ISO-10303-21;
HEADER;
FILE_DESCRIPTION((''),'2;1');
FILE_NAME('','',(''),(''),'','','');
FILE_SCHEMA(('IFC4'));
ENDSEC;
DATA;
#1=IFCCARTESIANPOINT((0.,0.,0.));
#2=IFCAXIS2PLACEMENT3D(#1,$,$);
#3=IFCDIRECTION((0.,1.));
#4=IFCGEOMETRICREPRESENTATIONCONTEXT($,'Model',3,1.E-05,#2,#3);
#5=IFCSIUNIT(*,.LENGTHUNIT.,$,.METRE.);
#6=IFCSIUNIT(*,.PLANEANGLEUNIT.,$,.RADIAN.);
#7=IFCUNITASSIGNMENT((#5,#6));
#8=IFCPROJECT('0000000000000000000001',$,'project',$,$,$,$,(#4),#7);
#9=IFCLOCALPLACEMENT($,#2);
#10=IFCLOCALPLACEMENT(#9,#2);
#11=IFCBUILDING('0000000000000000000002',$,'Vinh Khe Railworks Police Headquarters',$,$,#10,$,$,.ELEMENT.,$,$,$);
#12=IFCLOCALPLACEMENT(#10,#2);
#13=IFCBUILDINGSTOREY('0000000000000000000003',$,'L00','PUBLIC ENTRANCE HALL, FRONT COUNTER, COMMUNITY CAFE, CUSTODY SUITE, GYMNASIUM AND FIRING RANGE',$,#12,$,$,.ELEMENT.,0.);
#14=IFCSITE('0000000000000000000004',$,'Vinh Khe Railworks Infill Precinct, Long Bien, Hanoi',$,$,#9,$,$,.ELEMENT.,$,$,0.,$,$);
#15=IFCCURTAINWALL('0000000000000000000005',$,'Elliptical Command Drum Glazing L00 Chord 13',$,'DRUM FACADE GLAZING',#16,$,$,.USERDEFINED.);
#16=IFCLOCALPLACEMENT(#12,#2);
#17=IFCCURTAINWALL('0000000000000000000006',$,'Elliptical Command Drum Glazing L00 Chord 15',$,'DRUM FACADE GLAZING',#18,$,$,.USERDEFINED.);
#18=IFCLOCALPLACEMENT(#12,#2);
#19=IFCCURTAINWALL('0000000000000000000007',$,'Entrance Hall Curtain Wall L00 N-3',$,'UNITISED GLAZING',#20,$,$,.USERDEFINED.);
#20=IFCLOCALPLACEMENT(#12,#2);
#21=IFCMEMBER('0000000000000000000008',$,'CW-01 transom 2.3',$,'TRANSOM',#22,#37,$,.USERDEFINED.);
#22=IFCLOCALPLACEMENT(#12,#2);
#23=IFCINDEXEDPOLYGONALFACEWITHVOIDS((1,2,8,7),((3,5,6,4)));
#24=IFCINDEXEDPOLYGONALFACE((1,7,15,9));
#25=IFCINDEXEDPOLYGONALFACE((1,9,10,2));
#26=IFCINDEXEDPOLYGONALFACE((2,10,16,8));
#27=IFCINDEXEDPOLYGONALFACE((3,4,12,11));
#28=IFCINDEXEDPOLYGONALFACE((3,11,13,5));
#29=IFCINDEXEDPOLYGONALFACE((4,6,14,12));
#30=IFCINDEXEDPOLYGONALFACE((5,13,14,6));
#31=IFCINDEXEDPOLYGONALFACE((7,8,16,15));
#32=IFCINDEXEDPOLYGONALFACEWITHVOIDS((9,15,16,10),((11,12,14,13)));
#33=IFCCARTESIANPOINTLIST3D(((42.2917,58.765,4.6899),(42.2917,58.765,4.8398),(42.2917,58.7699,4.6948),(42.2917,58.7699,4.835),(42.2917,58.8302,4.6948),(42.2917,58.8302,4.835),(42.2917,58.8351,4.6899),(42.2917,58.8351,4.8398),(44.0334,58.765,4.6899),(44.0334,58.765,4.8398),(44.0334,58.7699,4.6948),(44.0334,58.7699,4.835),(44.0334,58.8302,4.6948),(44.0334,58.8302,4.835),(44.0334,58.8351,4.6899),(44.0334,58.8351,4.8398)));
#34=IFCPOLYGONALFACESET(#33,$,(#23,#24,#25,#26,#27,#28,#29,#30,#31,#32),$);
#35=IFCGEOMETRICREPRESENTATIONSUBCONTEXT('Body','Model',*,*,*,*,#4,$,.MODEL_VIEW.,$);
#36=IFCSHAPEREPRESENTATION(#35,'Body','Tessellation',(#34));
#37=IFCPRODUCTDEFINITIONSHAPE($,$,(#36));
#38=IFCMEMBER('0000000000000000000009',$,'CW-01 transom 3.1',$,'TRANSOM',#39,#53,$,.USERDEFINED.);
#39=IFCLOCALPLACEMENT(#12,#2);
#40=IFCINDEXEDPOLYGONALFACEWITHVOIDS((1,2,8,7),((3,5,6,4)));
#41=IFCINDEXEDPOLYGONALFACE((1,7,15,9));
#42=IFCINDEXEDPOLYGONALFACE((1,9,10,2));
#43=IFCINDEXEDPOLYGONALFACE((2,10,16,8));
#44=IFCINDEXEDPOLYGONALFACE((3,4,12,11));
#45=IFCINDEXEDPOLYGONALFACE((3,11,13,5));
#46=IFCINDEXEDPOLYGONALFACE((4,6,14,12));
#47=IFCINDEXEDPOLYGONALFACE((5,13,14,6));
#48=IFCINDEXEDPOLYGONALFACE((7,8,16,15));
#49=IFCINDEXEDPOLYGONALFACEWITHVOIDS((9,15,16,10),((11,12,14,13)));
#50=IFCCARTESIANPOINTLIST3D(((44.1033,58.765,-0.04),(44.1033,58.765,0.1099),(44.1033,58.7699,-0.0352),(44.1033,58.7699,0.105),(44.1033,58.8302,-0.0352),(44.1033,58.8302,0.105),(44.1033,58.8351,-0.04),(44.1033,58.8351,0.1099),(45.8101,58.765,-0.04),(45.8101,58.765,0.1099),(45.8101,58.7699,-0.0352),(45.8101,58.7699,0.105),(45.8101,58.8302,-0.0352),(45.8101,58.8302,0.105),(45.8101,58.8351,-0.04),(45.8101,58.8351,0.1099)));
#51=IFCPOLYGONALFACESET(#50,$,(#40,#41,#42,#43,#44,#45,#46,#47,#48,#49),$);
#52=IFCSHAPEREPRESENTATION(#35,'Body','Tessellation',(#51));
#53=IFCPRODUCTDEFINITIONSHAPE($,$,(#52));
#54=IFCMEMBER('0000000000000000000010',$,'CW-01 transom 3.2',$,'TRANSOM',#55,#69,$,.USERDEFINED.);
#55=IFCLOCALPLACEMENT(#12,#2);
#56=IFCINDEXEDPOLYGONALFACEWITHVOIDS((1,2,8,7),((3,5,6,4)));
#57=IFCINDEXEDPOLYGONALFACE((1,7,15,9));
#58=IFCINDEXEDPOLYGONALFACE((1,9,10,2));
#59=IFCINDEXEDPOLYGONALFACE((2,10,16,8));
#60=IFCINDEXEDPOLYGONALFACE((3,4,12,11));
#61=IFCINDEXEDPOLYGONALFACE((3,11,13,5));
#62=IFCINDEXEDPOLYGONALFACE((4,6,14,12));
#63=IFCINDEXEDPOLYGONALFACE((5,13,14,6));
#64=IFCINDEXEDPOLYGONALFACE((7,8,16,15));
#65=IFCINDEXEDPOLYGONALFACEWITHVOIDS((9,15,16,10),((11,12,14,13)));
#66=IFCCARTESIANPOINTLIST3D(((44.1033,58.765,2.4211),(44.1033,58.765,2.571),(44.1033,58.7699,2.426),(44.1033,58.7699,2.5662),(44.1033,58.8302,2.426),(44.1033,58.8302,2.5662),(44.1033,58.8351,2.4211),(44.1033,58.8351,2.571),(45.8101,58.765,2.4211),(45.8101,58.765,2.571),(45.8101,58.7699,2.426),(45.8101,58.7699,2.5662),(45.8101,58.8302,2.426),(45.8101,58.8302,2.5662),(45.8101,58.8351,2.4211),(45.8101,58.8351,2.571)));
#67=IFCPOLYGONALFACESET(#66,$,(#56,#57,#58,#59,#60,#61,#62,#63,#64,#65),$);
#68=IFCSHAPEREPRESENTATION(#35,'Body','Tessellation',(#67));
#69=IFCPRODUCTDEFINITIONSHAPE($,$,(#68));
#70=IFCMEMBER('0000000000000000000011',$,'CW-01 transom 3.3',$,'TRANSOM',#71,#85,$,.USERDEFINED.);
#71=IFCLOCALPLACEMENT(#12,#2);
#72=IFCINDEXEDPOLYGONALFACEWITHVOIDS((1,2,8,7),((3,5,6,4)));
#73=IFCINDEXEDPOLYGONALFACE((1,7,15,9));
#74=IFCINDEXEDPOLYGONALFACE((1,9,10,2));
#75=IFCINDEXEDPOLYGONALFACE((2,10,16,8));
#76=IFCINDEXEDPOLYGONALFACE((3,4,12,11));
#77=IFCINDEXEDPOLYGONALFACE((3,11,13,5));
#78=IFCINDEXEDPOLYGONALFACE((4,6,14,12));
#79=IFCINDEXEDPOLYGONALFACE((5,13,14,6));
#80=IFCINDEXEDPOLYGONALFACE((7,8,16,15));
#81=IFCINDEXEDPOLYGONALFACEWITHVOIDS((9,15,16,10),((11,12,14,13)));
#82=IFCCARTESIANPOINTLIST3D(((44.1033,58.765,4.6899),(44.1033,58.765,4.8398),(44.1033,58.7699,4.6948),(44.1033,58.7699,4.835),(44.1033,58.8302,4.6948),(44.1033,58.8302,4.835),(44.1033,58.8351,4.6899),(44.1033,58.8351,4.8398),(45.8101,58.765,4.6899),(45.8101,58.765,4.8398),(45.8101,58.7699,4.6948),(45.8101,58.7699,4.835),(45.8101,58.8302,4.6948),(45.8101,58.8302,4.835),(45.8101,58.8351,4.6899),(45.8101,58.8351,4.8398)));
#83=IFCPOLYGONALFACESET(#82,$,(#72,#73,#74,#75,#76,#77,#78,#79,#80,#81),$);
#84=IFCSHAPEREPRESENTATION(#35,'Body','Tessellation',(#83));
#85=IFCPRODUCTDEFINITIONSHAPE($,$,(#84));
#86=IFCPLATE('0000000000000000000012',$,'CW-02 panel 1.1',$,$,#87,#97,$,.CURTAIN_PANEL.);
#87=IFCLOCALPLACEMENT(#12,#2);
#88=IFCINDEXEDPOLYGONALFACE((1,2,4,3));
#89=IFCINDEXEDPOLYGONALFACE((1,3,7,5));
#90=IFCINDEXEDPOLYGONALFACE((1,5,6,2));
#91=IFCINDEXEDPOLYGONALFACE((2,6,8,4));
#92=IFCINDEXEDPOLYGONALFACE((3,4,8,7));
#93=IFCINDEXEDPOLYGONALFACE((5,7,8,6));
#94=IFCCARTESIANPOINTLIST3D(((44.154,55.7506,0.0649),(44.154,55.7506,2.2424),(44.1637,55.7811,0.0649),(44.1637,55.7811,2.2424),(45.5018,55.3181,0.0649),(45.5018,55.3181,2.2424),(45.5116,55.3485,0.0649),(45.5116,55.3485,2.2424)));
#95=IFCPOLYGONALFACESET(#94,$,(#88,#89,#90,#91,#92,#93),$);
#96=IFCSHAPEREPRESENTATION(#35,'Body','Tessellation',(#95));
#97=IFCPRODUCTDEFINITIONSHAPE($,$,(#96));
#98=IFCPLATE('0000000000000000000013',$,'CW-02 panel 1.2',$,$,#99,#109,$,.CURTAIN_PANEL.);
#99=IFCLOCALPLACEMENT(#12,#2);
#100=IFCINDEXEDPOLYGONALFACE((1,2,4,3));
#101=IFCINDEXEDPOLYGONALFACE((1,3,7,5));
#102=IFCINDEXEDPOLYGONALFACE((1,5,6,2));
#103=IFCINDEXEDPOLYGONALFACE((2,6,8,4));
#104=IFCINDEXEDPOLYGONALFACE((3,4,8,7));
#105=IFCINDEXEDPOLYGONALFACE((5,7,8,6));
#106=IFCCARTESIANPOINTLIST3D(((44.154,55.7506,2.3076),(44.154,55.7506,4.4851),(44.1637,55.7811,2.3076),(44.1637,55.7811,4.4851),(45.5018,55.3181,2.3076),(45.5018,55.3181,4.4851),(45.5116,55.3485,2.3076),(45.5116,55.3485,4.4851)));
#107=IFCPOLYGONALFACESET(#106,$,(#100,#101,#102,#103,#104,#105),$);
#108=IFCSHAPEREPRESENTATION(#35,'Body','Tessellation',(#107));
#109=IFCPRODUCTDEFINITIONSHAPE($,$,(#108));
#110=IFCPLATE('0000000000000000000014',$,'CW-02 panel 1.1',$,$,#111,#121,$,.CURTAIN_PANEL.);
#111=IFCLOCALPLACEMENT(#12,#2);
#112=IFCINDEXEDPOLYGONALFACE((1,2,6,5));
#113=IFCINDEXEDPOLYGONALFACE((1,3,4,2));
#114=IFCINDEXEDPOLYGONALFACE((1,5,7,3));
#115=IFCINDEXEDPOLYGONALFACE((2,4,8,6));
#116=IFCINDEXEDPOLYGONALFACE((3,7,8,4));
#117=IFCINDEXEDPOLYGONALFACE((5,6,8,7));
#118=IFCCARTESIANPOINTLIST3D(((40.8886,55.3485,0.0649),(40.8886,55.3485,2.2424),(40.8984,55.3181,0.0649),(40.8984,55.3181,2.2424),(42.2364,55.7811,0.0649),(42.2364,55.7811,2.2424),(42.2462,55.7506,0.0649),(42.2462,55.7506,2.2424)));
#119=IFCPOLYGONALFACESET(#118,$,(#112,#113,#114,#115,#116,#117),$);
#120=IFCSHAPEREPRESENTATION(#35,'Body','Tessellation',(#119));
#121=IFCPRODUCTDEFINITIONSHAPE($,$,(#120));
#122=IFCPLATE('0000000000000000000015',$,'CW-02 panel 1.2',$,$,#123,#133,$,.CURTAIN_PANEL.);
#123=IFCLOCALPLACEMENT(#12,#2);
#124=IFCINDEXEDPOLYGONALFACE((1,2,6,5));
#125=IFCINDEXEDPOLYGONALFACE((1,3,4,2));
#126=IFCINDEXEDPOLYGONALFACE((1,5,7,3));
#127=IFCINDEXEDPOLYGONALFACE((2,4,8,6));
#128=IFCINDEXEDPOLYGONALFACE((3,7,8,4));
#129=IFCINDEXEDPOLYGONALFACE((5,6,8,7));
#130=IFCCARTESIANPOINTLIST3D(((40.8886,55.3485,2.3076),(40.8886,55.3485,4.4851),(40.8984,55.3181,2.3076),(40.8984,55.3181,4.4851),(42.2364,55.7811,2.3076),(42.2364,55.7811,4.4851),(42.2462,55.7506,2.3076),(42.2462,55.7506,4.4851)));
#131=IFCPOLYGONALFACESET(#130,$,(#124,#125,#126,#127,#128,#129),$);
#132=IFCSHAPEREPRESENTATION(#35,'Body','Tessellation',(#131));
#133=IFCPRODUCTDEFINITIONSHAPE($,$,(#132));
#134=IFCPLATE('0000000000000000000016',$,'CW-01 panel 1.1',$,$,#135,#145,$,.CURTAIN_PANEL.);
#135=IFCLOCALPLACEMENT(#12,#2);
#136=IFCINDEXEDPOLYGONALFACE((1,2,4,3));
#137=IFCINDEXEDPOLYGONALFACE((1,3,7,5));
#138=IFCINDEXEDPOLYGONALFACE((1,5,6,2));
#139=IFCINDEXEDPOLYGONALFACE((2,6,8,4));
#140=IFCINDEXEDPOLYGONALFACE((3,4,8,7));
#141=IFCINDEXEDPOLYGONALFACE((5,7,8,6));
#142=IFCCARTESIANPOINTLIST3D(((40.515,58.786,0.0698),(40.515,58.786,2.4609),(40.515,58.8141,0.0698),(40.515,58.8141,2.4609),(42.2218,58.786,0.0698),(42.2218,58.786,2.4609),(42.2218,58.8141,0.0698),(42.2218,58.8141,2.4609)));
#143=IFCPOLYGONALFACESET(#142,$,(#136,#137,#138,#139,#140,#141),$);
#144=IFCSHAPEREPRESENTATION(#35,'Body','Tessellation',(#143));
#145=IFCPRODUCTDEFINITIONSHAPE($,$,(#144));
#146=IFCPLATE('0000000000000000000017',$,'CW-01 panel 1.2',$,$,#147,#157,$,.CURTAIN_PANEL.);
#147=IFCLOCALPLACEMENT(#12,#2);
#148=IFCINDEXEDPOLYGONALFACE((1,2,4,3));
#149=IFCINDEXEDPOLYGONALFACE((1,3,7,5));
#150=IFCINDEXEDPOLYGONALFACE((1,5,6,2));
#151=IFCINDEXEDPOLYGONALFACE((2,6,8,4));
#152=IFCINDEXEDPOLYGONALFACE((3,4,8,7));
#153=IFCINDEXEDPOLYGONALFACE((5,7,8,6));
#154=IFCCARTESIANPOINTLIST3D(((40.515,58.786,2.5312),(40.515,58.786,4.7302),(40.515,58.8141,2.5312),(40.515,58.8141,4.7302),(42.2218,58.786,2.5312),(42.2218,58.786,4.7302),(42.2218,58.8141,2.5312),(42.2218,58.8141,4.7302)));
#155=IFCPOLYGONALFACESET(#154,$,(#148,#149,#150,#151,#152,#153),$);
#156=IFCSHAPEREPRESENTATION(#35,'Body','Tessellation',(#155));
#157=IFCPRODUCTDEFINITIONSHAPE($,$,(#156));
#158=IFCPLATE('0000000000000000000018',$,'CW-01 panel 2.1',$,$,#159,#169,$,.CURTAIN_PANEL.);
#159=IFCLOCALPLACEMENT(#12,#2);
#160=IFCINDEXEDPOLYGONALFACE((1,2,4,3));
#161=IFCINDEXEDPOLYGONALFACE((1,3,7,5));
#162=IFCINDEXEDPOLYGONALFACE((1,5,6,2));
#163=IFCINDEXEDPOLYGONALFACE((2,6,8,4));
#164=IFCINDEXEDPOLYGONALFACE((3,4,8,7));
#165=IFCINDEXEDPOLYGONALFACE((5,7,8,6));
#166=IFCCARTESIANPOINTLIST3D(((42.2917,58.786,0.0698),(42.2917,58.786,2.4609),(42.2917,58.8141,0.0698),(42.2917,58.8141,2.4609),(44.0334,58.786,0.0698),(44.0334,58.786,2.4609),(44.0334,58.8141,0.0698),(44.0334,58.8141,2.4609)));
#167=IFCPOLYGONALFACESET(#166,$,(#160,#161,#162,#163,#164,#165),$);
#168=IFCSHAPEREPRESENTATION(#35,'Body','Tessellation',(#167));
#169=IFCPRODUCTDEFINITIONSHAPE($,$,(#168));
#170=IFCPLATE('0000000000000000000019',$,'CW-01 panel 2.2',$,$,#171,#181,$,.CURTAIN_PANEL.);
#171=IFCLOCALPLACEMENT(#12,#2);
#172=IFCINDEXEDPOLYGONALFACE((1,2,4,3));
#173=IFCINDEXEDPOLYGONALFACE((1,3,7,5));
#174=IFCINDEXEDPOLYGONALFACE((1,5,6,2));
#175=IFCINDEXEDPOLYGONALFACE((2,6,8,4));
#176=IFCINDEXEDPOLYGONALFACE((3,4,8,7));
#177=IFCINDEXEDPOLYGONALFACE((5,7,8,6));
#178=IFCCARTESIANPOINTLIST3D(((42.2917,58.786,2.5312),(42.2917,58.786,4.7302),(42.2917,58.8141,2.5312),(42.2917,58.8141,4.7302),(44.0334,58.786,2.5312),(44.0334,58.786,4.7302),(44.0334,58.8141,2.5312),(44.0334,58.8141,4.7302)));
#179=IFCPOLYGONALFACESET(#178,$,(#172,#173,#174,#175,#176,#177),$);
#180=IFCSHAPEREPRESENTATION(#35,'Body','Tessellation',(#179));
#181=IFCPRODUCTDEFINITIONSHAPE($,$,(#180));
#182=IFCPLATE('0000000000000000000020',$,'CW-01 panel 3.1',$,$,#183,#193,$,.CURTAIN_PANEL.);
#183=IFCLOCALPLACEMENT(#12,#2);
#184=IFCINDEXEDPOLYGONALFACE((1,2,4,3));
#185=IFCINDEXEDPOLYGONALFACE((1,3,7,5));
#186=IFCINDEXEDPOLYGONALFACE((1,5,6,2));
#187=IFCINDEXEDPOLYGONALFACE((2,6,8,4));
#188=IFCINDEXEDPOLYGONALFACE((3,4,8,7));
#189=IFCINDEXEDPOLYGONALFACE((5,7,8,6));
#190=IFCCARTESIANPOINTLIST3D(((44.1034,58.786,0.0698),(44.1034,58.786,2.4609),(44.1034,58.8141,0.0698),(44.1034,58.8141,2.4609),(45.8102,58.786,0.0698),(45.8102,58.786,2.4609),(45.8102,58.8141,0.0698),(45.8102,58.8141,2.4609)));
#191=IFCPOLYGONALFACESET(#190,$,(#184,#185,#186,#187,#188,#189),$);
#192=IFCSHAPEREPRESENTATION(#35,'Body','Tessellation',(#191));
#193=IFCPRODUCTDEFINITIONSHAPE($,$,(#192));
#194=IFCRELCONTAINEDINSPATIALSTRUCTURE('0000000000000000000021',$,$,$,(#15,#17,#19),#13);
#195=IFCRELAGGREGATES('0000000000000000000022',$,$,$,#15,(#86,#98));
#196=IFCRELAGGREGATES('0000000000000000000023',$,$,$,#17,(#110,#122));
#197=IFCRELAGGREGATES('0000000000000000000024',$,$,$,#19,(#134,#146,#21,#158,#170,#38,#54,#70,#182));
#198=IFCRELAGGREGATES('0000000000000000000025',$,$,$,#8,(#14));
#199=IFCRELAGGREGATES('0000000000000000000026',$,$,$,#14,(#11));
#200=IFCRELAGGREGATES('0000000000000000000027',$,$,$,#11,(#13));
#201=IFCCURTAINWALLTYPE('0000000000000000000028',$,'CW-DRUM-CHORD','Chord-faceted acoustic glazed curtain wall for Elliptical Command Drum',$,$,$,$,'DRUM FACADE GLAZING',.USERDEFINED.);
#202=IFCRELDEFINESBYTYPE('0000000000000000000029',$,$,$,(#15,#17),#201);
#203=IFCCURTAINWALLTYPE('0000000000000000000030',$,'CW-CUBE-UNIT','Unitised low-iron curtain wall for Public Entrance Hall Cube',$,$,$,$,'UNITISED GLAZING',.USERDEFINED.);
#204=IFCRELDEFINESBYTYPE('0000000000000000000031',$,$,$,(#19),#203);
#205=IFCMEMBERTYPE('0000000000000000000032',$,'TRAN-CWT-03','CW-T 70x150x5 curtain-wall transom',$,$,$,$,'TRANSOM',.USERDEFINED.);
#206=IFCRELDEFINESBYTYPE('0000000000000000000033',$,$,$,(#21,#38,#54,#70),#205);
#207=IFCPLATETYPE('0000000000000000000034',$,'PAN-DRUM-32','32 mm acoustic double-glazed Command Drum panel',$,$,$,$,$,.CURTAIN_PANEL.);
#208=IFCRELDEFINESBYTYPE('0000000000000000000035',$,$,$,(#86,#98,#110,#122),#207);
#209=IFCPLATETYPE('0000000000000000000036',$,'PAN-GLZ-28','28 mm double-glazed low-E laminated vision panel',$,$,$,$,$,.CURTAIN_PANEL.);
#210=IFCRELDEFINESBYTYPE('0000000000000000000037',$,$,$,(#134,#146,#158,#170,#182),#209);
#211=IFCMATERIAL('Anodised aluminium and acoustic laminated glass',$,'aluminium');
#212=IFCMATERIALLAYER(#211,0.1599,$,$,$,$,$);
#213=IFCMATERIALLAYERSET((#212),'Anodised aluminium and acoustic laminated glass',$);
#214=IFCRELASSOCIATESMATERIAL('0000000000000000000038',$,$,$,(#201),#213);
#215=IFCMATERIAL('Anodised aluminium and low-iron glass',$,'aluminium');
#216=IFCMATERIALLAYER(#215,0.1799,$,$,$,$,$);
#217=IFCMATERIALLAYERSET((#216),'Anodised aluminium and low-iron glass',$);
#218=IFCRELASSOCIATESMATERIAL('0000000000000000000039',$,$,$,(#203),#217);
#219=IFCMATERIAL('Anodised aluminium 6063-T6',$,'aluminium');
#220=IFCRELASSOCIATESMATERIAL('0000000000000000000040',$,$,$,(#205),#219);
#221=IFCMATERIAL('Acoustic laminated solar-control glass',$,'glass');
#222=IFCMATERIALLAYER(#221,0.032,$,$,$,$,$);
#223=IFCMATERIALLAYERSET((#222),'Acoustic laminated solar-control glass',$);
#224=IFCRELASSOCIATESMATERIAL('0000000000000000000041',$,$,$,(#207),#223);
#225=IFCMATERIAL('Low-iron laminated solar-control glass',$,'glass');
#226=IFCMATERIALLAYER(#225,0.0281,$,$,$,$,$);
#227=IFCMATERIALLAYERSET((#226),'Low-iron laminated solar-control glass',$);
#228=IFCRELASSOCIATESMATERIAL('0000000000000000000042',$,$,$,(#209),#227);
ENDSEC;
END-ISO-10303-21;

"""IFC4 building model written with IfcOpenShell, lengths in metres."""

from ifc_helpers import new_model, si_unit, direction, frame, origin, origin_2d, place, context, subcontext, project, spatial, rectangle, hollow_rectangle, extrude, material, layer, layer_set, material_profile, profile_set, type_object, element, aggregate, save


model = new_model("IFC4")

# Units and contexts
model_context = context("Model", 3, precision=1e-05, world=origin(), true_north=direction((0.0, 1.0)))
body_context = subcontext(model_context, "Body", "Model", "MODEL_VIEW")
ifc_project = project(units=[si_unit("LENGTHUNIT", "METRE"), si_unit("PLANEANGLEUNIT", "RADIAN")], contexts=[model_context])

# Site, building, storey
site_placement = place(None, origin())
site = spatial("IfcSite", under=ifc_project, at=site_placement, Name="Vinh Khe Railworks Infill Precinct, Long Bien, Hanoi", CompositionType="ELEMENT", RefElevation=0.0)
building_placement = place(site_placement, origin())
building = spatial("IfcBuilding", under=site, at=building_placement, Name="Vinh Khe Railworks Police Headquarters", CompositionType="ELEMENT")
storey_placement = place(building_placement, origin())
storey = spatial("IfcBuildingStorey", under=building, at=storey_placement, Name="L00", Description="PUBLIC ENTRANCE HALL, FRONT COUNTER, COMMUNITY CAFE, CUSTODY SUITE, GYMNASIUM AND FIRING RANGE", CompositionType="ELEMENT", Elevation=0.0)

# Curtain wall
ifc_material_1 = material(Name="Anodised aluminium and acoustic laminated glass", Category="aluminium")
ifc_layer_1 = layer(ifc_material_1, 0.1599)
ifc_layer_set_1 = layer_set([ifc_layer_1], Name="Anodised aluminium and acoustic laminated glass")
curtain_wall_type_1 = type_object("IfcCurtainWallType", Name="CW-DRUM-CHORD", Description="Chord-faceted acoustic glazed curtain wall for Elliptical Command Drum", ElementType="DRUM FACADE GLAZING", PredefinedType="USERDEFINED", material=ifc_layer_set_1)
curtain_wall_1_placement = place(storey_placement, origin())
curtain_wall_1 = element("IfcCurtainWall", 1, at=curtain_wall_1_placement, inside=storey, type_object=curtain_wall_type_1, Name="Elliptical Command Drum Glazing L00 Chord 13", ObjectType="DRUM FACADE GLAZING", PredefinedType="USERDEFINED")
ifc_material_2 = material(Name="Anodised aluminium 6063-T6", Category="aluminium")

# Curtain walls
curtain_wall_2_placement = place(storey_placement, origin())
curtain_wall_2 = element("IfcCurtainWall", 2, at=curtain_wall_2_placement, inside=storey, type_object=curtain_wall_type_1, Name="Elliptical Command Drum Glazing L00 Chord 15", ObjectType="DRUM FACADE GLAZING", PredefinedType="USERDEFINED")
ifc_material_3 = material(Name="Anodised aluminium and low-iron glass", Category="aluminium")
ifc_layer_2 = layer(ifc_material_3, 0.1799)
ifc_layer_set_2 = layer_set([ifc_layer_2], Name="Anodised aluminium and low-iron glass")
curtain_wall_type_2 = type_object("IfcCurtainWallType", Name="CW-CUBE-UNIT", Description="Unitised low-iron curtain wall for Public Entrance Hall Cube", ElementType="UNITISED GLAZING", PredefinedType="USERDEFINED", material=ifc_layer_set_2)
curtain_wall_3_placement = place(storey_placement, origin())
curtain_wall_3 = element("IfcCurtainWall", 3, at=curtain_wall_3_placement, inside=storey, type_object=curtain_wall_type_2, Name="Entrance Hall Curtain Wall L00 N-3", ObjectType="UNITISED GLAZING", PredefinedType="USERDEFINED")

# Members
ifc_material_profile_1 = material_profile(ifc_material_2, hollow_rectangle(XDim=0.0701, YDim=0.1499, WallThickness=0.0049, at=origin_2d()), Name="CW-T 70x150x5")
ifc_profile_set_1 = profile_set([ifc_material_profile_1], Name="Anodised aluminium 6063-T6")
member_type_1 = type_object("IfcMemberType", Name="TRAN-CWT-03", Description="CW-T 70x150x5 curtain-wall transom", ElementType="TRANSOM", PredefinedType="USERDEFINED", material=ifc_profile_set_1)
member_1_placement = place(storey_placement, frame((42.2917, 58.8, 4.7649), z_axis=(1.0, 0.0, 0.0), x_axis=(0.0, 1.0, 0.0)))
member_1 = element("IfcMember", 4, at=member_1_placement, type_object=member_type_1, Name="CW-01 transom 2.3", ObjectType="TRANSOM", PredefinedType="USERDEFINED", context=body_context, shape_type="SweptSolid", body=[
    extrude(hollow_rectangle(XDim=0.0701, YDim=0.1499, WallThickness=0.0049, at=origin_2d()), origin(), (0.0, 0.0, 1.0), 1.7417),
])
member_2_placement = place(storey_placement, frame((44.1033, 58.8, 0.0349), z_axis=(1.0, 0.0, 0.0), x_axis=(0.0, 1.0, 0.0)))
member_2 = element("IfcMember", 5, at=member_2_placement, type_object=member_type_1, Name="CW-01 transom 3.1", ObjectType="TRANSOM", PredefinedType="USERDEFINED", context=body_context, shape_type="SweptSolid", body=[
    extrude(hollow_rectangle(XDim=0.0701, YDim=0.1499, WallThickness=0.0049, at=origin_2d()), origin(), (0.0, 0.0, 1.0), 1.7068),
])
member_3_placement = place(storey_placement, frame((44.1033, 58.8, 2.4961), z_axis=(1.0, 0.0, 0.0), x_axis=(0.0, 1.0, 0.0)))
member_3 = element("IfcMember", 6, at=member_3_placement, type_object=member_type_1, Name="CW-01 transom 3.2", ObjectType="TRANSOM", PredefinedType="USERDEFINED", context=body_context, shape_type="SweptSolid", body=[
    extrude(hollow_rectangle(XDim=0.0701, YDim=0.1499, WallThickness=0.0049, at=origin_2d()), origin(), (0.0, 0.0, 1.0), 1.7068),
])
member_4_placement = place(storey_placement, frame((44.1033, 58.8, 4.7649), z_axis=(1.0, 0.0, 0.0), x_axis=(0.0, 1.0, 0.0)))
member_4 = element("IfcMember", 7, at=member_4_placement, type_object=member_type_1, Name="CW-01 transom 3.3", ObjectType="TRANSOM", PredefinedType="USERDEFINED", context=body_context, shape_type="SweptSolid", body=[
    extrude(hollow_rectangle(XDim=0.0701, YDim=0.1499, WallThickness=0.0049, at=origin_2d()), origin(), (0.0, 0.0, 1.0), 1.7068),
])

# Plates
ifc_material_4 = material(Name="Acoustic laminated solar-control glass", Category="glass")
ifc_layer_3 = layer(ifc_material_4, 0.032)
ifc_layer_set_3 = layer_set([ifc_layer_3], Name="Acoustic laminated solar-control glass")
plate_type_1 = type_object("IfcPlateType", Name="PAN-DRUM-32", Description="32 mm acoustic double-glazed Command Drum panel", PredefinedType="CURTAIN_PANEL", material=ifc_layer_set_3)
plate_1_placement = place(storey_placement, frame((44.8328, 55.5496, 0.0649), z_axis=(0.0, 0.0, 1.0), x_axis=(-0.952168, 0.305576, 0.0)))
plate_1 = element("IfcPlate", 8, at=plate_1_placement, type_object=plate_type_1, Name="CW-02 panel 1.1", PredefinedType="CURTAIN_PANEL", context=body_context, shape_type="SweptSolid", body=[
    extrude(rectangle(XDim=1.4155, YDim=0.032, at=origin_2d()), origin(), (0.0, 0.0, 1.0), 2.1775),
])
plate_2_placement = place(storey_placement, frame((44.8328, 55.5496, 2.3076), z_axis=(0.0, 0.0, 1.0), x_axis=(-0.952168, 0.305576, 0.0)))
plate_2 = element("IfcPlate", 9, at=plate_2_placement, type_object=plate_type_1, Name="CW-02 panel 1.2", PredefinedType="CURTAIN_PANEL", context=body_context, shape_type="SweptSolid", body=[
    extrude(rectangle(XDim=1.4155, YDim=0.032, at=origin_2d()), origin(), (0.0, 0.0, 1.0), 2.1775),
])
aggregate(curtain_wall_1, [plate_1, plate_2])
plate_3_placement = place(storey_placement, frame((41.5674, 55.5496, 0.0649), z_axis=(0.0, 0.0, 1.0), x_axis=(-0.952168, -0.305576, 0.0)))
plate_3 = element("IfcPlate", 10, at=plate_3_placement, type_object=plate_type_1, Name="CW-02 panel 1.1", PredefinedType="CURTAIN_PANEL", context=body_context, shape_type="SweptSolid", body=[
    extrude(rectangle(XDim=1.4155, YDim=0.032, at=origin_2d()), origin(), (0.0, 0.0, 1.0), 2.1775),
])
plate_4_placement = place(storey_placement, frame((41.5674, 55.5496, 2.3076), z_axis=(0.0, 0.0, 1.0), x_axis=(-0.952168, -0.305576, 0.0)))
plate_4 = element("IfcPlate", 11, at=plate_4_placement, type_object=plate_type_1, Name="CW-02 panel 1.2", PredefinedType="CURTAIN_PANEL", context=body_context, shape_type="SweptSolid", body=[
    extrude(rectangle(XDim=1.4155, YDim=0.032, at=origin_2d()), origin(), (0.0, 0.0, 1.0), 2.1775),
])
aggregate(curtain_wall_2, [plate_3, plate_4])
ifc_material_5 = material(Name="Low-iron laminated solar-control glass", Category="glass")
ifc_layer_4 = layer(ifc_material_5, 0.0281)
ifc_layer_set_4 = layer_set([ifc_layer_4], Name="Low-iron laminated solar-control glass")
plate_type_2 = type_object("IfcPlateType", Name="PAN-GLZ-28", Description="28 mm double-glazed low-E laminated vision panel", PredefinedType="CURTAIN_PANEL", material=ifc_layer_set_4)
plate_5_placement = place(storey_placement, frame((41.3684, 58.8, 0.0698), z_axis=(0.0, 0.0, 1.0), x_axis=(1.0, 0.0, 0.0)))
plate_5 = element("IfcPlate", 12, at=plate_5_placement, type_object=plate_type_2, Name="CW-01 panel 1.1", PredefinedType="CURTAIN_PANEL", context=body_context, shape_type="SweptSolid", body=[
    extrude(rectangle(XDim=1.7068, YDim=0.0281, at=origin_2d()), origin(), (0.0, 0.0, 1.0), 2.3911),
])
plate_6_placement = place(storey_placement, frame((41.3684, 58.8, 2.5312), z_axis=(0.0, 0.0, 1.0), x_axis=(1.0, 0.0, 0.0)))
plate_6 = element("IfcPlate", 13, at=plate_6_placement, type_object=plate_type_2, Name="CW-01 panel 1.2", PredefinedType="CURTAIN_PANEL", context=body_context, shape_type="SweptSolid", body=[
    extrude(rectangle(XDim=1.7068, YDim=0.0281, at=origin_2d()), origin(), (0.0, 0.0, 1.0), 2.199),
])
plate_7_placement = place(storey_placement, frame((43.1626, 58.8, 0.0698), z_axis=(0.0, 0.0, 1.0), x_axis=(1.0, 0.0, 0.0)))
plate_7 = element("IfcPlate", 14, at=plate_7_placement, type_object=plate_type_2, Name="CW-01 panel 2.1", PredefinedType="CURTAIN_PANEL", context=body_context, shape_type="SweptSolid", body=[
    extrude(rectangle(XDim=1.7417, YDim=0.0281, at=origin_2d()), origin(), (0.0, 0.0, 1.0), 2.3911),
])
plate_8_placement = place(storey_placement, frame((43.1626, 58.8, 2.5312), z_axis=(0.0, 0.0, 1.0), x_axis=(1.0, 0.0, 0.0)))
plate_8 = element("IfcPlate", 15, at=plate_8_placement, type_object=plate_type_2, Name="CW-01 panel 2.2", PredefinedType="CURTAIN_PANEL", context=body_context, shape_type="SweptSolid", body=[
    extrude(rectangle(XDim=1.7417, YDim=0.0281, at=origin_2d()), origin(), (0.0, 0.0, 1.0), 2.199),
])
plate_9_placement = place(storey_placement, frame((44.9568, 58.8, 0.0698), z_axis=(0.0, 0.0, 1.0), x_axis=(1.0, 0.0, 0.0)))
plate_9 = element("IfcPlate", 16, at=plate_9_placement, type_object=plate_type_2, Name="CW-01 panel 3.1", PredefinedType="CURTAIN_PANEL", context=body_context, shape_type="SweptSolid", body=[
    extrude(rectangle(XDim=1.7068, YDim=0.0281, at=origin_2d()), origin(), (0.0, 0.0, 1.0), 2.3911),
])
aggregate(curtain_wall_3, [plate_5, plate_6, member_1, plate_7, plate_8, member_2, member_3, member_4, plate_9])

save(model, "model.ifc")
